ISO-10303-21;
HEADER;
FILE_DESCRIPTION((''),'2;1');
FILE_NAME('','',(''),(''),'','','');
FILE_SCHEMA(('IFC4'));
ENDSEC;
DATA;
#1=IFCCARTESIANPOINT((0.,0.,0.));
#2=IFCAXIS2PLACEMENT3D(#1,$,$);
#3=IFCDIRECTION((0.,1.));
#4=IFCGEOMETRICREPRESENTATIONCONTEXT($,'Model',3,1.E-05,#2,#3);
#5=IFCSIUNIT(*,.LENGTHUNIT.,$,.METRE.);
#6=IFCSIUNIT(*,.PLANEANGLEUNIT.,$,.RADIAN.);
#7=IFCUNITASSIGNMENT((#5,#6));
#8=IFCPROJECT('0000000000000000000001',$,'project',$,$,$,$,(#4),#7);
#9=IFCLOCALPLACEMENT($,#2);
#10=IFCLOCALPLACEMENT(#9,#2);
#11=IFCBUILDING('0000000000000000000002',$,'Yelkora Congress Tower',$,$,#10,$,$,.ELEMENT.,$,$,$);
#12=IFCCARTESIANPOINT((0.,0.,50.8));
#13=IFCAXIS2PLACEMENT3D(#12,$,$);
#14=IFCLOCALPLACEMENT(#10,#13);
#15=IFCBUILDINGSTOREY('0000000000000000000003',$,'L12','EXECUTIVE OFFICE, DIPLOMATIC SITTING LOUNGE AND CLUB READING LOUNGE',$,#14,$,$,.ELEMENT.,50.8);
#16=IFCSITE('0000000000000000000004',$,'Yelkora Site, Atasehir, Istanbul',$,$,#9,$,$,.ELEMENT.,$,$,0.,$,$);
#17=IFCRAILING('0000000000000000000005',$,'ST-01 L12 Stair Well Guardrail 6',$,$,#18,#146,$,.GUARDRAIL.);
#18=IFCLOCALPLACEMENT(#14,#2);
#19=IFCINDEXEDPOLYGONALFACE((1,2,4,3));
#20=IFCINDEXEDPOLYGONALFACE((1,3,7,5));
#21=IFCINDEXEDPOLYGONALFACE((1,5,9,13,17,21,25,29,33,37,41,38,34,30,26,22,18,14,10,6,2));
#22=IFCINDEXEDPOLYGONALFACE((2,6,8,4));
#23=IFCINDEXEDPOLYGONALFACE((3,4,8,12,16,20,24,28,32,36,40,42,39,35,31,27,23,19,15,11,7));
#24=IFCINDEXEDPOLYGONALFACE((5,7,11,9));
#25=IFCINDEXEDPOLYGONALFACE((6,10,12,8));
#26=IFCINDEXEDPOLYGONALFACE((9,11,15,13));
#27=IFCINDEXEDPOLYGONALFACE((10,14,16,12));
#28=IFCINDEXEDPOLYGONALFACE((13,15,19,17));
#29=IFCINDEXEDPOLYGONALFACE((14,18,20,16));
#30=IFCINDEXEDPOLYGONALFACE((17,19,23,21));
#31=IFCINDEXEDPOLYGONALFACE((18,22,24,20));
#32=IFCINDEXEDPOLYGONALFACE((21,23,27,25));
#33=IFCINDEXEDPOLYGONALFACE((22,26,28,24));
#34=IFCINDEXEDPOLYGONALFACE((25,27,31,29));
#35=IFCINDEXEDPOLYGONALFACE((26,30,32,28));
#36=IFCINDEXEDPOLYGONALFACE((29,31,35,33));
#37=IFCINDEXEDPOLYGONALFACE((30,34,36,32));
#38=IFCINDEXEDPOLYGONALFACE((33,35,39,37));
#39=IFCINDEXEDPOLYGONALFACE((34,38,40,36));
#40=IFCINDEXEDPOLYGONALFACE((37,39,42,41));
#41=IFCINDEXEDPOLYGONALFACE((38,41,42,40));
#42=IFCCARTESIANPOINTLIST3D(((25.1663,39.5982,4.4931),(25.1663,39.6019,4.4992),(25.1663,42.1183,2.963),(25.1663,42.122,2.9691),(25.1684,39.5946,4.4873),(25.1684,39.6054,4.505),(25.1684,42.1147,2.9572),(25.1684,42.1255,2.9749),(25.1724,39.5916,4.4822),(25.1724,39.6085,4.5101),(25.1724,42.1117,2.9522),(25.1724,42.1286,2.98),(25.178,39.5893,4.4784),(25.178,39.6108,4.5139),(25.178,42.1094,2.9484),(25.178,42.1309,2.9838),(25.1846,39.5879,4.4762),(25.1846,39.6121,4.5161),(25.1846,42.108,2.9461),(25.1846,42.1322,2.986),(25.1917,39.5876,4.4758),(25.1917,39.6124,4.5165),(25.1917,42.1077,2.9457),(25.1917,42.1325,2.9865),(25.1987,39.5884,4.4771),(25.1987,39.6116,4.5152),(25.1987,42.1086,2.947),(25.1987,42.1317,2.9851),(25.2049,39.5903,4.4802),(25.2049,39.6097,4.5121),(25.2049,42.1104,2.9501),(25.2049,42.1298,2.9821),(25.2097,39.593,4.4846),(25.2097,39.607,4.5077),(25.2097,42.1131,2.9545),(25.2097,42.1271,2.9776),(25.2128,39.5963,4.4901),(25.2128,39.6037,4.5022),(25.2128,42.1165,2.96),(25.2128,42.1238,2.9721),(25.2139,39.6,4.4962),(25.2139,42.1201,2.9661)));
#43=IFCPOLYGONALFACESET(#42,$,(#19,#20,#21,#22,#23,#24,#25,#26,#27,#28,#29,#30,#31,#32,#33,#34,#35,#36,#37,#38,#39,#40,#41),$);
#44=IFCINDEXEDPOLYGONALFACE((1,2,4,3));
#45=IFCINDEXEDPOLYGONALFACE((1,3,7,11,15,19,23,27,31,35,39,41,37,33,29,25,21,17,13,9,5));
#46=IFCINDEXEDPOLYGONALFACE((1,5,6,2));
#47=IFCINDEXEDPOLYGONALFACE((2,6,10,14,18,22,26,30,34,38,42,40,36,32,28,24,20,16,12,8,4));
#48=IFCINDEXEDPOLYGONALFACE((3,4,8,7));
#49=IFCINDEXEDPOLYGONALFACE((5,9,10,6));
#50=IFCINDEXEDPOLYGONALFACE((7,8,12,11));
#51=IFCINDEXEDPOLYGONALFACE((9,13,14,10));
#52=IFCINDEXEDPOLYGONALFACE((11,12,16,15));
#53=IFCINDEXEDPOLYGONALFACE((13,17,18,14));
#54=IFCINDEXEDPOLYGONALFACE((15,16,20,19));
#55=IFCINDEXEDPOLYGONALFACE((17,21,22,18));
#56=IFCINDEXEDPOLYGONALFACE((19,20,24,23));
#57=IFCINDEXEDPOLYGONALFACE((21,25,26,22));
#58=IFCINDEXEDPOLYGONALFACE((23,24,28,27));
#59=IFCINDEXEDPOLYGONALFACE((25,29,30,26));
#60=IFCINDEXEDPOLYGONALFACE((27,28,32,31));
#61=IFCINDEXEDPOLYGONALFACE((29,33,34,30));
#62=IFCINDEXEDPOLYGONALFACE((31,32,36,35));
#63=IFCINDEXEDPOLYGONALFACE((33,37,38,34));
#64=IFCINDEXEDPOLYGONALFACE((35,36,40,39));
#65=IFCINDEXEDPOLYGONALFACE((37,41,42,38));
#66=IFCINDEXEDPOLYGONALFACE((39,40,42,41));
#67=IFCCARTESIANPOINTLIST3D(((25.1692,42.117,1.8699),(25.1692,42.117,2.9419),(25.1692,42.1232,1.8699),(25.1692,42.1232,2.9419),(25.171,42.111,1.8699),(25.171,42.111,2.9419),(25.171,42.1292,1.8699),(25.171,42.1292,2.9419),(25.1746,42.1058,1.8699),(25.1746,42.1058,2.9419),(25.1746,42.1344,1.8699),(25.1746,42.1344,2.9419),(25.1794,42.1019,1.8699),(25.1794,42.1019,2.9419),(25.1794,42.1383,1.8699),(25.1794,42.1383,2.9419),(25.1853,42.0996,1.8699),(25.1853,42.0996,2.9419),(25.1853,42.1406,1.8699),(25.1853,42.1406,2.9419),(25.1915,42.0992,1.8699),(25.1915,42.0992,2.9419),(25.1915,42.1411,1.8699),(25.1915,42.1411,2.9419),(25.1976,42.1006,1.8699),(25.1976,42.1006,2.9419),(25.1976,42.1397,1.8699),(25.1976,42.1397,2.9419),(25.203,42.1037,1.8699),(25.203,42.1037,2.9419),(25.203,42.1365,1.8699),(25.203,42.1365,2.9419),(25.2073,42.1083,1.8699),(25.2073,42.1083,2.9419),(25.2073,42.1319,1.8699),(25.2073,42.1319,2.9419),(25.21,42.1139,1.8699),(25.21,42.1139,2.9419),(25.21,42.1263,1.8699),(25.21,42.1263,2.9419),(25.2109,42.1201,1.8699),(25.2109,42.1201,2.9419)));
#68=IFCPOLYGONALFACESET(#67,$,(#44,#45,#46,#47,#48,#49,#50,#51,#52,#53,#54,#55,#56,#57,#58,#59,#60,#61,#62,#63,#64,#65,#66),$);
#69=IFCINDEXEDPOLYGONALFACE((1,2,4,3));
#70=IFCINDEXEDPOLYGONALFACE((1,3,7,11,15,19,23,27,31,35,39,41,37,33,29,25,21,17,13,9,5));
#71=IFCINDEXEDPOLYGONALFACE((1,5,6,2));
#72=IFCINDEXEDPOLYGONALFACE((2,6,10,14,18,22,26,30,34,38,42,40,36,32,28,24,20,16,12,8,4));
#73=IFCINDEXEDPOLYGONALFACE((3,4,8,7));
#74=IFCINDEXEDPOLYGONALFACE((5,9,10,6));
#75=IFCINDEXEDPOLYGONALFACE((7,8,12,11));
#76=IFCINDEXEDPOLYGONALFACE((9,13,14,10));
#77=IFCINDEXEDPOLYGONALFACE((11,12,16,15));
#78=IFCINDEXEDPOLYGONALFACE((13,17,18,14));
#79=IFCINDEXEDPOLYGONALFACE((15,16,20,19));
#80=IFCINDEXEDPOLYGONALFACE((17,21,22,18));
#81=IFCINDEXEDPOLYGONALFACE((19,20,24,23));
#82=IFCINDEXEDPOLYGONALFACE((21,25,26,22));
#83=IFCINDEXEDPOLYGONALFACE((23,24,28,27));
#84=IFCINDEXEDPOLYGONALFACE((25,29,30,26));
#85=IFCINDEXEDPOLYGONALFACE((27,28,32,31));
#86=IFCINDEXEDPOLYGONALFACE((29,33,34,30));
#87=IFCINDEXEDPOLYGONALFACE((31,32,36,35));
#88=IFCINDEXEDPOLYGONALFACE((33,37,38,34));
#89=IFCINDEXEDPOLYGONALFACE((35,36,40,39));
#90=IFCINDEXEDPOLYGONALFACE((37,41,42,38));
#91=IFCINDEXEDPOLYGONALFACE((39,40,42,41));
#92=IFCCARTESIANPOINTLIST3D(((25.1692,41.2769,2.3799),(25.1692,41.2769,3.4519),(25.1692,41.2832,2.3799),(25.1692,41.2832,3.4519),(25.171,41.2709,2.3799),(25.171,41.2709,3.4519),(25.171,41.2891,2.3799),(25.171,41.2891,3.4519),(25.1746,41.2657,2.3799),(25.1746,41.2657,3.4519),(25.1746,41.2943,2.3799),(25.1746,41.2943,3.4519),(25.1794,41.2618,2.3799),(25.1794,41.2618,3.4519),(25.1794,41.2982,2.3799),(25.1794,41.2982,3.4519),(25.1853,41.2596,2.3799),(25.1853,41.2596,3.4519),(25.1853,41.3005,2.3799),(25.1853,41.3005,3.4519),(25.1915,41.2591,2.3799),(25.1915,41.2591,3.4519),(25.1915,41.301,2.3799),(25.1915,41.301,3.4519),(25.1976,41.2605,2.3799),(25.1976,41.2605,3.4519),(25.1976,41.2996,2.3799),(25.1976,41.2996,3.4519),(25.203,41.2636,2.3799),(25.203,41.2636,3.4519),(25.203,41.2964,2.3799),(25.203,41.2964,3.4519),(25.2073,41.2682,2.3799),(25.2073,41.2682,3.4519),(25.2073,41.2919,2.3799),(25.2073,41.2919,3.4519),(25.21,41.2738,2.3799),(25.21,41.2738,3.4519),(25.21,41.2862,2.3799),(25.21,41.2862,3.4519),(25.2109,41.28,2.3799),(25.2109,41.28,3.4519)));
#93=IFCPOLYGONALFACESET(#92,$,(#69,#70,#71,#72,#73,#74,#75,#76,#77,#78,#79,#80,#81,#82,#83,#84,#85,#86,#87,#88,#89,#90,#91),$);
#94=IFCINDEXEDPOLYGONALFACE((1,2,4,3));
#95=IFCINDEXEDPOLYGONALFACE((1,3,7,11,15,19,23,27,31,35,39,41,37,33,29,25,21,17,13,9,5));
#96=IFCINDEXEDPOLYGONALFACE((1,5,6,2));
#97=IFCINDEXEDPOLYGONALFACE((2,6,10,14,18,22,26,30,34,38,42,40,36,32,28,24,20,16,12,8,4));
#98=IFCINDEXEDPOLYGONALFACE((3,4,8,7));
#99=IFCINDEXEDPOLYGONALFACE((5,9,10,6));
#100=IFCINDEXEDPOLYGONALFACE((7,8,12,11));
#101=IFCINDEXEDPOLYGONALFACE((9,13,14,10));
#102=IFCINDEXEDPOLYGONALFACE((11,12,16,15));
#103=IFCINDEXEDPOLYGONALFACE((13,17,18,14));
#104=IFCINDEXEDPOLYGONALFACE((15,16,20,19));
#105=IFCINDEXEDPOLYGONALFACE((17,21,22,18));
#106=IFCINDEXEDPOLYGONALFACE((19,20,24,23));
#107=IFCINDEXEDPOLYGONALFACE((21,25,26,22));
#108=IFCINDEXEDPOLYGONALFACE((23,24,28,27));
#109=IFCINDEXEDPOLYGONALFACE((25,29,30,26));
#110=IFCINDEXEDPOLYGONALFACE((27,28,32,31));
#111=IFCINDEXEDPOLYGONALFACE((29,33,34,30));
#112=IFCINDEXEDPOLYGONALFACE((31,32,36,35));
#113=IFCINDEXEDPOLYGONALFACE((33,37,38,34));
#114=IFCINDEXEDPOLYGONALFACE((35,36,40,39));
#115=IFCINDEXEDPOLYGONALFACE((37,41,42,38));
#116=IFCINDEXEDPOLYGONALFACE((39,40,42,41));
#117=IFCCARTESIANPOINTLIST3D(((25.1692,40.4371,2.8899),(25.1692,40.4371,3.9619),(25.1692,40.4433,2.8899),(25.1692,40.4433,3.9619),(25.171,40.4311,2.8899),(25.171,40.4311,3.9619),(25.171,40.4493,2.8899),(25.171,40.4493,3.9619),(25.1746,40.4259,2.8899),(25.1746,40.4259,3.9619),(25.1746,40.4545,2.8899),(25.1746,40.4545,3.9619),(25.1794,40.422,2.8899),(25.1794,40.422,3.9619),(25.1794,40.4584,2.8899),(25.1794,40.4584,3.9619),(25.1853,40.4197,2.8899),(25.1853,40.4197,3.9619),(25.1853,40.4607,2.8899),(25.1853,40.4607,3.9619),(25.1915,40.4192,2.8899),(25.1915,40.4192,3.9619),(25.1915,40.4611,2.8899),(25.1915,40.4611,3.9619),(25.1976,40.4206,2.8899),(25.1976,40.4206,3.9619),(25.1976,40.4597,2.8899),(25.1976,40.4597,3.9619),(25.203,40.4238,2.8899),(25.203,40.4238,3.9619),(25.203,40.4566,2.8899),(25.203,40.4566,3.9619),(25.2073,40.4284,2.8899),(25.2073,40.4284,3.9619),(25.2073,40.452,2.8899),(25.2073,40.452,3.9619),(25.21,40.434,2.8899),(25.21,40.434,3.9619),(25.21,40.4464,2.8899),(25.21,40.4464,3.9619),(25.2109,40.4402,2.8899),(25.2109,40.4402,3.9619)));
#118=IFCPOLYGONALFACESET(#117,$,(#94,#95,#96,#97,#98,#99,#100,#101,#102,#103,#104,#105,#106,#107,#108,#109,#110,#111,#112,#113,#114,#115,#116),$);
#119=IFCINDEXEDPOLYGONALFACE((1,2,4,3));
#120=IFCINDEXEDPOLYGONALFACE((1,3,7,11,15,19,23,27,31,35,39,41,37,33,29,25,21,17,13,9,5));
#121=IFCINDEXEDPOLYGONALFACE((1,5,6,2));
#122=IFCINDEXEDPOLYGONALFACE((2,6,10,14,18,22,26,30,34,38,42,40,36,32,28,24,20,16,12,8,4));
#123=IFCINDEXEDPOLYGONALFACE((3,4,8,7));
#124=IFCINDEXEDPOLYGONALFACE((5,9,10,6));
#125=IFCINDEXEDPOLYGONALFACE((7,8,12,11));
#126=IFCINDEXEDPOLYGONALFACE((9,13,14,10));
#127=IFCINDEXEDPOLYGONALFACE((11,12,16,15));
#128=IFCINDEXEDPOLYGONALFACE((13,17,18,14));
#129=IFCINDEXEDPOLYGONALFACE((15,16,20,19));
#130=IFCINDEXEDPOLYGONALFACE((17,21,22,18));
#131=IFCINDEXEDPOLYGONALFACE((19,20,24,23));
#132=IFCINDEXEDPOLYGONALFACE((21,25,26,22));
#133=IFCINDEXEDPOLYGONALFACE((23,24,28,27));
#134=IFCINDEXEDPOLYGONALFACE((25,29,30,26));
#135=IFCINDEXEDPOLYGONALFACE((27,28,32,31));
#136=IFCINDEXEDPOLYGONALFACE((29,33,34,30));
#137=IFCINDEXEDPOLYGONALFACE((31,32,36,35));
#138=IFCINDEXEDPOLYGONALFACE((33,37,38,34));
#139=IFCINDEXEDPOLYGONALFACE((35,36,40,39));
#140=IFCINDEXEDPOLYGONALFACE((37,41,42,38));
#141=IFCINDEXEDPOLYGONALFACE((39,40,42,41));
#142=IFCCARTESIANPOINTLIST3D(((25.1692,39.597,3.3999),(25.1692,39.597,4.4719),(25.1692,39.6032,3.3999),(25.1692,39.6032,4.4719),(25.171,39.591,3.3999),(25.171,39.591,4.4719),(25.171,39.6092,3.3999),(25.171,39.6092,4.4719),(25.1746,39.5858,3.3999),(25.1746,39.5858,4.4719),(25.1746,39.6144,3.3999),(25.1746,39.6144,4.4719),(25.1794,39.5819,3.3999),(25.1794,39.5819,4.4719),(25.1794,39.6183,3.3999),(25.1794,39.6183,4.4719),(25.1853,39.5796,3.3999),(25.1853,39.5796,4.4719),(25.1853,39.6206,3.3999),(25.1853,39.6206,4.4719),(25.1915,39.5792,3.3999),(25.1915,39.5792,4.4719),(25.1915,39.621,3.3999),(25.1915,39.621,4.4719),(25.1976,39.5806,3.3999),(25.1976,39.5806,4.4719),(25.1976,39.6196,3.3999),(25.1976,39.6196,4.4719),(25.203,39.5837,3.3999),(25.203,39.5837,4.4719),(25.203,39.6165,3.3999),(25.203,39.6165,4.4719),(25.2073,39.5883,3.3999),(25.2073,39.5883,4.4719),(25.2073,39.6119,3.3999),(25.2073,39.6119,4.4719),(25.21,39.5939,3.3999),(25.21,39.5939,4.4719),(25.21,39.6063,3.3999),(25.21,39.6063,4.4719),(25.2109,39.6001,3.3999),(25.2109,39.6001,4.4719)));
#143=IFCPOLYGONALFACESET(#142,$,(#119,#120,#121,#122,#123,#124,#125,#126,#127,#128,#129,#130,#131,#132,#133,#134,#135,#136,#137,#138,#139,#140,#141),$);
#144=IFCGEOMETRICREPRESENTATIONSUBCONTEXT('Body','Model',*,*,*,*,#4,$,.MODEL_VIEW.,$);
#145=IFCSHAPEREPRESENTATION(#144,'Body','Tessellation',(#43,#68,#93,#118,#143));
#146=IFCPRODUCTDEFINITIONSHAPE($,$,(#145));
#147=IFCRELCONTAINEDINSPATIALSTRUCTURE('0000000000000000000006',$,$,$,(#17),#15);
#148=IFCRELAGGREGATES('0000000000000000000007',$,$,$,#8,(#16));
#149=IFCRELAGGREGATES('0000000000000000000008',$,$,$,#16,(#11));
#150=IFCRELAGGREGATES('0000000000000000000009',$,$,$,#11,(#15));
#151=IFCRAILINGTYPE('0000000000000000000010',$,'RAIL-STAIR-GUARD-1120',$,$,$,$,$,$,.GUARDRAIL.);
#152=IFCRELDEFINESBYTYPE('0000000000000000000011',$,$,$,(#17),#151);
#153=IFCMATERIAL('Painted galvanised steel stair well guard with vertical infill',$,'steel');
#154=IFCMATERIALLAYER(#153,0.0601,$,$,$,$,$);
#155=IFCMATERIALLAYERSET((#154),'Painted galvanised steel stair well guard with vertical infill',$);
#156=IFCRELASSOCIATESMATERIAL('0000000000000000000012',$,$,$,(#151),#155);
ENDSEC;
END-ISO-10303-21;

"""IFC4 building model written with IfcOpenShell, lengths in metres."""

from ifc_helpers import new_model, si_unit, direction, frame, origin, origin_2d, place, context, subcontext, project, spatial, circle, extrude, material, layer, layer_set, type_object, element, save


model = new_model("IFC4")

# Units and contexts
model_context = context("Model", 3, precision=1e-05, world=origin(), true_north=direction((0.0, 1.0)))
body_context = subcontext(model_context, "Body", "Model", "MODEL_VIEW")
ifc_project = project(units=[si_unit("LENGTHUNIT", "METRE"), si_unit("PLANEANGLEUNIT", "RADIAN")], contexts=[model_context])

# Site, building, storey
site_placement = place(None, origin())
site = spatial("IfcSite", under=ifc_project, at=site_placement, Name="Yelkora Site, Atasehir, Istanbul", CompositionType="ELEMENT", RefElevation=0.0)
building_placement = place(site_placement, origin())
building = spatial("IfcBuilding", under=site, at=building_placement, Name="Yelkora Congress Tower", CompositionType="ELEMENT")
storey_placement = place(building_placement, frame((0.0, 0.0, 50.8)))
storey = spatial("IfcBuildingStorey", under=building, at=storey_placement, Name="L12", Description="EXECUTIVE OFFICE, DIPLOMATIC SITTING LOUNGE AND CLUB READING LOUNGE", CompositionType="ELEMENT", Elevation=50.8)

# Railing
ifc_material_1 = material(Name="Painted galvanised steel stair well guard with vertical infill", Category="steel")
ifc_layer_1 = layer(ifc_material_1, 0.0601)
ifc_layer_set_1 = layer_set([ifc_layer_1], Name="Painted galvanised steel stair well guard with vertical infill")
railing_type_1 = type_object("IfcRailingType", Name="RAIL-STAIR-GUARD-1120", PredefinedType="GUARDRAIL", material=ifc_layer_set_1)
railing_1_placement = place(storey_placement, frame((25.1899, 42.1201, 1.8699)))
element("IfcRailing", 1, at=railing_1_placement, inside=storey, type_object=railing_type_1, Name="ST-01 L12 Stair Well Guardrail 6", PredefinedType="GUARDRAIL", context=body_context, shape_type="SweptSolid", body=[
    extrude(circle(Radius=0.0239, at=origin_2d()), frame((0.0, 0.0, 1.0962), z_axis=(0.0, -0.854785, 0.518982), x_axis=(1.0, 0.0, 0.0)), (0.0, 0.0, 1.0), 2.9482),
    extrude(circle(Radius=0.021, at=origin_2d()), origin(), (0.0, 0.0, 1.0), 1.072),
    extrude(circle(Radius=0.021, at=origin_2d()), frame((0.0, -0.8401, 0.51)), (0.0, 0.0, 1.0), 1.072),
    extrude(circle(Radius=0.021, at=origin_2d()), frame((0.0, -1.6799, 1.02)), (0.0, 0.0, 1.0), 1.072),
    extrude(circle(Radius=0.021, at=origin_2d()), frame((0.0, -2.52, 1.53)), (0.0, 0.0, 1.0), 1.072),
])

save(model, "model.ifc")
